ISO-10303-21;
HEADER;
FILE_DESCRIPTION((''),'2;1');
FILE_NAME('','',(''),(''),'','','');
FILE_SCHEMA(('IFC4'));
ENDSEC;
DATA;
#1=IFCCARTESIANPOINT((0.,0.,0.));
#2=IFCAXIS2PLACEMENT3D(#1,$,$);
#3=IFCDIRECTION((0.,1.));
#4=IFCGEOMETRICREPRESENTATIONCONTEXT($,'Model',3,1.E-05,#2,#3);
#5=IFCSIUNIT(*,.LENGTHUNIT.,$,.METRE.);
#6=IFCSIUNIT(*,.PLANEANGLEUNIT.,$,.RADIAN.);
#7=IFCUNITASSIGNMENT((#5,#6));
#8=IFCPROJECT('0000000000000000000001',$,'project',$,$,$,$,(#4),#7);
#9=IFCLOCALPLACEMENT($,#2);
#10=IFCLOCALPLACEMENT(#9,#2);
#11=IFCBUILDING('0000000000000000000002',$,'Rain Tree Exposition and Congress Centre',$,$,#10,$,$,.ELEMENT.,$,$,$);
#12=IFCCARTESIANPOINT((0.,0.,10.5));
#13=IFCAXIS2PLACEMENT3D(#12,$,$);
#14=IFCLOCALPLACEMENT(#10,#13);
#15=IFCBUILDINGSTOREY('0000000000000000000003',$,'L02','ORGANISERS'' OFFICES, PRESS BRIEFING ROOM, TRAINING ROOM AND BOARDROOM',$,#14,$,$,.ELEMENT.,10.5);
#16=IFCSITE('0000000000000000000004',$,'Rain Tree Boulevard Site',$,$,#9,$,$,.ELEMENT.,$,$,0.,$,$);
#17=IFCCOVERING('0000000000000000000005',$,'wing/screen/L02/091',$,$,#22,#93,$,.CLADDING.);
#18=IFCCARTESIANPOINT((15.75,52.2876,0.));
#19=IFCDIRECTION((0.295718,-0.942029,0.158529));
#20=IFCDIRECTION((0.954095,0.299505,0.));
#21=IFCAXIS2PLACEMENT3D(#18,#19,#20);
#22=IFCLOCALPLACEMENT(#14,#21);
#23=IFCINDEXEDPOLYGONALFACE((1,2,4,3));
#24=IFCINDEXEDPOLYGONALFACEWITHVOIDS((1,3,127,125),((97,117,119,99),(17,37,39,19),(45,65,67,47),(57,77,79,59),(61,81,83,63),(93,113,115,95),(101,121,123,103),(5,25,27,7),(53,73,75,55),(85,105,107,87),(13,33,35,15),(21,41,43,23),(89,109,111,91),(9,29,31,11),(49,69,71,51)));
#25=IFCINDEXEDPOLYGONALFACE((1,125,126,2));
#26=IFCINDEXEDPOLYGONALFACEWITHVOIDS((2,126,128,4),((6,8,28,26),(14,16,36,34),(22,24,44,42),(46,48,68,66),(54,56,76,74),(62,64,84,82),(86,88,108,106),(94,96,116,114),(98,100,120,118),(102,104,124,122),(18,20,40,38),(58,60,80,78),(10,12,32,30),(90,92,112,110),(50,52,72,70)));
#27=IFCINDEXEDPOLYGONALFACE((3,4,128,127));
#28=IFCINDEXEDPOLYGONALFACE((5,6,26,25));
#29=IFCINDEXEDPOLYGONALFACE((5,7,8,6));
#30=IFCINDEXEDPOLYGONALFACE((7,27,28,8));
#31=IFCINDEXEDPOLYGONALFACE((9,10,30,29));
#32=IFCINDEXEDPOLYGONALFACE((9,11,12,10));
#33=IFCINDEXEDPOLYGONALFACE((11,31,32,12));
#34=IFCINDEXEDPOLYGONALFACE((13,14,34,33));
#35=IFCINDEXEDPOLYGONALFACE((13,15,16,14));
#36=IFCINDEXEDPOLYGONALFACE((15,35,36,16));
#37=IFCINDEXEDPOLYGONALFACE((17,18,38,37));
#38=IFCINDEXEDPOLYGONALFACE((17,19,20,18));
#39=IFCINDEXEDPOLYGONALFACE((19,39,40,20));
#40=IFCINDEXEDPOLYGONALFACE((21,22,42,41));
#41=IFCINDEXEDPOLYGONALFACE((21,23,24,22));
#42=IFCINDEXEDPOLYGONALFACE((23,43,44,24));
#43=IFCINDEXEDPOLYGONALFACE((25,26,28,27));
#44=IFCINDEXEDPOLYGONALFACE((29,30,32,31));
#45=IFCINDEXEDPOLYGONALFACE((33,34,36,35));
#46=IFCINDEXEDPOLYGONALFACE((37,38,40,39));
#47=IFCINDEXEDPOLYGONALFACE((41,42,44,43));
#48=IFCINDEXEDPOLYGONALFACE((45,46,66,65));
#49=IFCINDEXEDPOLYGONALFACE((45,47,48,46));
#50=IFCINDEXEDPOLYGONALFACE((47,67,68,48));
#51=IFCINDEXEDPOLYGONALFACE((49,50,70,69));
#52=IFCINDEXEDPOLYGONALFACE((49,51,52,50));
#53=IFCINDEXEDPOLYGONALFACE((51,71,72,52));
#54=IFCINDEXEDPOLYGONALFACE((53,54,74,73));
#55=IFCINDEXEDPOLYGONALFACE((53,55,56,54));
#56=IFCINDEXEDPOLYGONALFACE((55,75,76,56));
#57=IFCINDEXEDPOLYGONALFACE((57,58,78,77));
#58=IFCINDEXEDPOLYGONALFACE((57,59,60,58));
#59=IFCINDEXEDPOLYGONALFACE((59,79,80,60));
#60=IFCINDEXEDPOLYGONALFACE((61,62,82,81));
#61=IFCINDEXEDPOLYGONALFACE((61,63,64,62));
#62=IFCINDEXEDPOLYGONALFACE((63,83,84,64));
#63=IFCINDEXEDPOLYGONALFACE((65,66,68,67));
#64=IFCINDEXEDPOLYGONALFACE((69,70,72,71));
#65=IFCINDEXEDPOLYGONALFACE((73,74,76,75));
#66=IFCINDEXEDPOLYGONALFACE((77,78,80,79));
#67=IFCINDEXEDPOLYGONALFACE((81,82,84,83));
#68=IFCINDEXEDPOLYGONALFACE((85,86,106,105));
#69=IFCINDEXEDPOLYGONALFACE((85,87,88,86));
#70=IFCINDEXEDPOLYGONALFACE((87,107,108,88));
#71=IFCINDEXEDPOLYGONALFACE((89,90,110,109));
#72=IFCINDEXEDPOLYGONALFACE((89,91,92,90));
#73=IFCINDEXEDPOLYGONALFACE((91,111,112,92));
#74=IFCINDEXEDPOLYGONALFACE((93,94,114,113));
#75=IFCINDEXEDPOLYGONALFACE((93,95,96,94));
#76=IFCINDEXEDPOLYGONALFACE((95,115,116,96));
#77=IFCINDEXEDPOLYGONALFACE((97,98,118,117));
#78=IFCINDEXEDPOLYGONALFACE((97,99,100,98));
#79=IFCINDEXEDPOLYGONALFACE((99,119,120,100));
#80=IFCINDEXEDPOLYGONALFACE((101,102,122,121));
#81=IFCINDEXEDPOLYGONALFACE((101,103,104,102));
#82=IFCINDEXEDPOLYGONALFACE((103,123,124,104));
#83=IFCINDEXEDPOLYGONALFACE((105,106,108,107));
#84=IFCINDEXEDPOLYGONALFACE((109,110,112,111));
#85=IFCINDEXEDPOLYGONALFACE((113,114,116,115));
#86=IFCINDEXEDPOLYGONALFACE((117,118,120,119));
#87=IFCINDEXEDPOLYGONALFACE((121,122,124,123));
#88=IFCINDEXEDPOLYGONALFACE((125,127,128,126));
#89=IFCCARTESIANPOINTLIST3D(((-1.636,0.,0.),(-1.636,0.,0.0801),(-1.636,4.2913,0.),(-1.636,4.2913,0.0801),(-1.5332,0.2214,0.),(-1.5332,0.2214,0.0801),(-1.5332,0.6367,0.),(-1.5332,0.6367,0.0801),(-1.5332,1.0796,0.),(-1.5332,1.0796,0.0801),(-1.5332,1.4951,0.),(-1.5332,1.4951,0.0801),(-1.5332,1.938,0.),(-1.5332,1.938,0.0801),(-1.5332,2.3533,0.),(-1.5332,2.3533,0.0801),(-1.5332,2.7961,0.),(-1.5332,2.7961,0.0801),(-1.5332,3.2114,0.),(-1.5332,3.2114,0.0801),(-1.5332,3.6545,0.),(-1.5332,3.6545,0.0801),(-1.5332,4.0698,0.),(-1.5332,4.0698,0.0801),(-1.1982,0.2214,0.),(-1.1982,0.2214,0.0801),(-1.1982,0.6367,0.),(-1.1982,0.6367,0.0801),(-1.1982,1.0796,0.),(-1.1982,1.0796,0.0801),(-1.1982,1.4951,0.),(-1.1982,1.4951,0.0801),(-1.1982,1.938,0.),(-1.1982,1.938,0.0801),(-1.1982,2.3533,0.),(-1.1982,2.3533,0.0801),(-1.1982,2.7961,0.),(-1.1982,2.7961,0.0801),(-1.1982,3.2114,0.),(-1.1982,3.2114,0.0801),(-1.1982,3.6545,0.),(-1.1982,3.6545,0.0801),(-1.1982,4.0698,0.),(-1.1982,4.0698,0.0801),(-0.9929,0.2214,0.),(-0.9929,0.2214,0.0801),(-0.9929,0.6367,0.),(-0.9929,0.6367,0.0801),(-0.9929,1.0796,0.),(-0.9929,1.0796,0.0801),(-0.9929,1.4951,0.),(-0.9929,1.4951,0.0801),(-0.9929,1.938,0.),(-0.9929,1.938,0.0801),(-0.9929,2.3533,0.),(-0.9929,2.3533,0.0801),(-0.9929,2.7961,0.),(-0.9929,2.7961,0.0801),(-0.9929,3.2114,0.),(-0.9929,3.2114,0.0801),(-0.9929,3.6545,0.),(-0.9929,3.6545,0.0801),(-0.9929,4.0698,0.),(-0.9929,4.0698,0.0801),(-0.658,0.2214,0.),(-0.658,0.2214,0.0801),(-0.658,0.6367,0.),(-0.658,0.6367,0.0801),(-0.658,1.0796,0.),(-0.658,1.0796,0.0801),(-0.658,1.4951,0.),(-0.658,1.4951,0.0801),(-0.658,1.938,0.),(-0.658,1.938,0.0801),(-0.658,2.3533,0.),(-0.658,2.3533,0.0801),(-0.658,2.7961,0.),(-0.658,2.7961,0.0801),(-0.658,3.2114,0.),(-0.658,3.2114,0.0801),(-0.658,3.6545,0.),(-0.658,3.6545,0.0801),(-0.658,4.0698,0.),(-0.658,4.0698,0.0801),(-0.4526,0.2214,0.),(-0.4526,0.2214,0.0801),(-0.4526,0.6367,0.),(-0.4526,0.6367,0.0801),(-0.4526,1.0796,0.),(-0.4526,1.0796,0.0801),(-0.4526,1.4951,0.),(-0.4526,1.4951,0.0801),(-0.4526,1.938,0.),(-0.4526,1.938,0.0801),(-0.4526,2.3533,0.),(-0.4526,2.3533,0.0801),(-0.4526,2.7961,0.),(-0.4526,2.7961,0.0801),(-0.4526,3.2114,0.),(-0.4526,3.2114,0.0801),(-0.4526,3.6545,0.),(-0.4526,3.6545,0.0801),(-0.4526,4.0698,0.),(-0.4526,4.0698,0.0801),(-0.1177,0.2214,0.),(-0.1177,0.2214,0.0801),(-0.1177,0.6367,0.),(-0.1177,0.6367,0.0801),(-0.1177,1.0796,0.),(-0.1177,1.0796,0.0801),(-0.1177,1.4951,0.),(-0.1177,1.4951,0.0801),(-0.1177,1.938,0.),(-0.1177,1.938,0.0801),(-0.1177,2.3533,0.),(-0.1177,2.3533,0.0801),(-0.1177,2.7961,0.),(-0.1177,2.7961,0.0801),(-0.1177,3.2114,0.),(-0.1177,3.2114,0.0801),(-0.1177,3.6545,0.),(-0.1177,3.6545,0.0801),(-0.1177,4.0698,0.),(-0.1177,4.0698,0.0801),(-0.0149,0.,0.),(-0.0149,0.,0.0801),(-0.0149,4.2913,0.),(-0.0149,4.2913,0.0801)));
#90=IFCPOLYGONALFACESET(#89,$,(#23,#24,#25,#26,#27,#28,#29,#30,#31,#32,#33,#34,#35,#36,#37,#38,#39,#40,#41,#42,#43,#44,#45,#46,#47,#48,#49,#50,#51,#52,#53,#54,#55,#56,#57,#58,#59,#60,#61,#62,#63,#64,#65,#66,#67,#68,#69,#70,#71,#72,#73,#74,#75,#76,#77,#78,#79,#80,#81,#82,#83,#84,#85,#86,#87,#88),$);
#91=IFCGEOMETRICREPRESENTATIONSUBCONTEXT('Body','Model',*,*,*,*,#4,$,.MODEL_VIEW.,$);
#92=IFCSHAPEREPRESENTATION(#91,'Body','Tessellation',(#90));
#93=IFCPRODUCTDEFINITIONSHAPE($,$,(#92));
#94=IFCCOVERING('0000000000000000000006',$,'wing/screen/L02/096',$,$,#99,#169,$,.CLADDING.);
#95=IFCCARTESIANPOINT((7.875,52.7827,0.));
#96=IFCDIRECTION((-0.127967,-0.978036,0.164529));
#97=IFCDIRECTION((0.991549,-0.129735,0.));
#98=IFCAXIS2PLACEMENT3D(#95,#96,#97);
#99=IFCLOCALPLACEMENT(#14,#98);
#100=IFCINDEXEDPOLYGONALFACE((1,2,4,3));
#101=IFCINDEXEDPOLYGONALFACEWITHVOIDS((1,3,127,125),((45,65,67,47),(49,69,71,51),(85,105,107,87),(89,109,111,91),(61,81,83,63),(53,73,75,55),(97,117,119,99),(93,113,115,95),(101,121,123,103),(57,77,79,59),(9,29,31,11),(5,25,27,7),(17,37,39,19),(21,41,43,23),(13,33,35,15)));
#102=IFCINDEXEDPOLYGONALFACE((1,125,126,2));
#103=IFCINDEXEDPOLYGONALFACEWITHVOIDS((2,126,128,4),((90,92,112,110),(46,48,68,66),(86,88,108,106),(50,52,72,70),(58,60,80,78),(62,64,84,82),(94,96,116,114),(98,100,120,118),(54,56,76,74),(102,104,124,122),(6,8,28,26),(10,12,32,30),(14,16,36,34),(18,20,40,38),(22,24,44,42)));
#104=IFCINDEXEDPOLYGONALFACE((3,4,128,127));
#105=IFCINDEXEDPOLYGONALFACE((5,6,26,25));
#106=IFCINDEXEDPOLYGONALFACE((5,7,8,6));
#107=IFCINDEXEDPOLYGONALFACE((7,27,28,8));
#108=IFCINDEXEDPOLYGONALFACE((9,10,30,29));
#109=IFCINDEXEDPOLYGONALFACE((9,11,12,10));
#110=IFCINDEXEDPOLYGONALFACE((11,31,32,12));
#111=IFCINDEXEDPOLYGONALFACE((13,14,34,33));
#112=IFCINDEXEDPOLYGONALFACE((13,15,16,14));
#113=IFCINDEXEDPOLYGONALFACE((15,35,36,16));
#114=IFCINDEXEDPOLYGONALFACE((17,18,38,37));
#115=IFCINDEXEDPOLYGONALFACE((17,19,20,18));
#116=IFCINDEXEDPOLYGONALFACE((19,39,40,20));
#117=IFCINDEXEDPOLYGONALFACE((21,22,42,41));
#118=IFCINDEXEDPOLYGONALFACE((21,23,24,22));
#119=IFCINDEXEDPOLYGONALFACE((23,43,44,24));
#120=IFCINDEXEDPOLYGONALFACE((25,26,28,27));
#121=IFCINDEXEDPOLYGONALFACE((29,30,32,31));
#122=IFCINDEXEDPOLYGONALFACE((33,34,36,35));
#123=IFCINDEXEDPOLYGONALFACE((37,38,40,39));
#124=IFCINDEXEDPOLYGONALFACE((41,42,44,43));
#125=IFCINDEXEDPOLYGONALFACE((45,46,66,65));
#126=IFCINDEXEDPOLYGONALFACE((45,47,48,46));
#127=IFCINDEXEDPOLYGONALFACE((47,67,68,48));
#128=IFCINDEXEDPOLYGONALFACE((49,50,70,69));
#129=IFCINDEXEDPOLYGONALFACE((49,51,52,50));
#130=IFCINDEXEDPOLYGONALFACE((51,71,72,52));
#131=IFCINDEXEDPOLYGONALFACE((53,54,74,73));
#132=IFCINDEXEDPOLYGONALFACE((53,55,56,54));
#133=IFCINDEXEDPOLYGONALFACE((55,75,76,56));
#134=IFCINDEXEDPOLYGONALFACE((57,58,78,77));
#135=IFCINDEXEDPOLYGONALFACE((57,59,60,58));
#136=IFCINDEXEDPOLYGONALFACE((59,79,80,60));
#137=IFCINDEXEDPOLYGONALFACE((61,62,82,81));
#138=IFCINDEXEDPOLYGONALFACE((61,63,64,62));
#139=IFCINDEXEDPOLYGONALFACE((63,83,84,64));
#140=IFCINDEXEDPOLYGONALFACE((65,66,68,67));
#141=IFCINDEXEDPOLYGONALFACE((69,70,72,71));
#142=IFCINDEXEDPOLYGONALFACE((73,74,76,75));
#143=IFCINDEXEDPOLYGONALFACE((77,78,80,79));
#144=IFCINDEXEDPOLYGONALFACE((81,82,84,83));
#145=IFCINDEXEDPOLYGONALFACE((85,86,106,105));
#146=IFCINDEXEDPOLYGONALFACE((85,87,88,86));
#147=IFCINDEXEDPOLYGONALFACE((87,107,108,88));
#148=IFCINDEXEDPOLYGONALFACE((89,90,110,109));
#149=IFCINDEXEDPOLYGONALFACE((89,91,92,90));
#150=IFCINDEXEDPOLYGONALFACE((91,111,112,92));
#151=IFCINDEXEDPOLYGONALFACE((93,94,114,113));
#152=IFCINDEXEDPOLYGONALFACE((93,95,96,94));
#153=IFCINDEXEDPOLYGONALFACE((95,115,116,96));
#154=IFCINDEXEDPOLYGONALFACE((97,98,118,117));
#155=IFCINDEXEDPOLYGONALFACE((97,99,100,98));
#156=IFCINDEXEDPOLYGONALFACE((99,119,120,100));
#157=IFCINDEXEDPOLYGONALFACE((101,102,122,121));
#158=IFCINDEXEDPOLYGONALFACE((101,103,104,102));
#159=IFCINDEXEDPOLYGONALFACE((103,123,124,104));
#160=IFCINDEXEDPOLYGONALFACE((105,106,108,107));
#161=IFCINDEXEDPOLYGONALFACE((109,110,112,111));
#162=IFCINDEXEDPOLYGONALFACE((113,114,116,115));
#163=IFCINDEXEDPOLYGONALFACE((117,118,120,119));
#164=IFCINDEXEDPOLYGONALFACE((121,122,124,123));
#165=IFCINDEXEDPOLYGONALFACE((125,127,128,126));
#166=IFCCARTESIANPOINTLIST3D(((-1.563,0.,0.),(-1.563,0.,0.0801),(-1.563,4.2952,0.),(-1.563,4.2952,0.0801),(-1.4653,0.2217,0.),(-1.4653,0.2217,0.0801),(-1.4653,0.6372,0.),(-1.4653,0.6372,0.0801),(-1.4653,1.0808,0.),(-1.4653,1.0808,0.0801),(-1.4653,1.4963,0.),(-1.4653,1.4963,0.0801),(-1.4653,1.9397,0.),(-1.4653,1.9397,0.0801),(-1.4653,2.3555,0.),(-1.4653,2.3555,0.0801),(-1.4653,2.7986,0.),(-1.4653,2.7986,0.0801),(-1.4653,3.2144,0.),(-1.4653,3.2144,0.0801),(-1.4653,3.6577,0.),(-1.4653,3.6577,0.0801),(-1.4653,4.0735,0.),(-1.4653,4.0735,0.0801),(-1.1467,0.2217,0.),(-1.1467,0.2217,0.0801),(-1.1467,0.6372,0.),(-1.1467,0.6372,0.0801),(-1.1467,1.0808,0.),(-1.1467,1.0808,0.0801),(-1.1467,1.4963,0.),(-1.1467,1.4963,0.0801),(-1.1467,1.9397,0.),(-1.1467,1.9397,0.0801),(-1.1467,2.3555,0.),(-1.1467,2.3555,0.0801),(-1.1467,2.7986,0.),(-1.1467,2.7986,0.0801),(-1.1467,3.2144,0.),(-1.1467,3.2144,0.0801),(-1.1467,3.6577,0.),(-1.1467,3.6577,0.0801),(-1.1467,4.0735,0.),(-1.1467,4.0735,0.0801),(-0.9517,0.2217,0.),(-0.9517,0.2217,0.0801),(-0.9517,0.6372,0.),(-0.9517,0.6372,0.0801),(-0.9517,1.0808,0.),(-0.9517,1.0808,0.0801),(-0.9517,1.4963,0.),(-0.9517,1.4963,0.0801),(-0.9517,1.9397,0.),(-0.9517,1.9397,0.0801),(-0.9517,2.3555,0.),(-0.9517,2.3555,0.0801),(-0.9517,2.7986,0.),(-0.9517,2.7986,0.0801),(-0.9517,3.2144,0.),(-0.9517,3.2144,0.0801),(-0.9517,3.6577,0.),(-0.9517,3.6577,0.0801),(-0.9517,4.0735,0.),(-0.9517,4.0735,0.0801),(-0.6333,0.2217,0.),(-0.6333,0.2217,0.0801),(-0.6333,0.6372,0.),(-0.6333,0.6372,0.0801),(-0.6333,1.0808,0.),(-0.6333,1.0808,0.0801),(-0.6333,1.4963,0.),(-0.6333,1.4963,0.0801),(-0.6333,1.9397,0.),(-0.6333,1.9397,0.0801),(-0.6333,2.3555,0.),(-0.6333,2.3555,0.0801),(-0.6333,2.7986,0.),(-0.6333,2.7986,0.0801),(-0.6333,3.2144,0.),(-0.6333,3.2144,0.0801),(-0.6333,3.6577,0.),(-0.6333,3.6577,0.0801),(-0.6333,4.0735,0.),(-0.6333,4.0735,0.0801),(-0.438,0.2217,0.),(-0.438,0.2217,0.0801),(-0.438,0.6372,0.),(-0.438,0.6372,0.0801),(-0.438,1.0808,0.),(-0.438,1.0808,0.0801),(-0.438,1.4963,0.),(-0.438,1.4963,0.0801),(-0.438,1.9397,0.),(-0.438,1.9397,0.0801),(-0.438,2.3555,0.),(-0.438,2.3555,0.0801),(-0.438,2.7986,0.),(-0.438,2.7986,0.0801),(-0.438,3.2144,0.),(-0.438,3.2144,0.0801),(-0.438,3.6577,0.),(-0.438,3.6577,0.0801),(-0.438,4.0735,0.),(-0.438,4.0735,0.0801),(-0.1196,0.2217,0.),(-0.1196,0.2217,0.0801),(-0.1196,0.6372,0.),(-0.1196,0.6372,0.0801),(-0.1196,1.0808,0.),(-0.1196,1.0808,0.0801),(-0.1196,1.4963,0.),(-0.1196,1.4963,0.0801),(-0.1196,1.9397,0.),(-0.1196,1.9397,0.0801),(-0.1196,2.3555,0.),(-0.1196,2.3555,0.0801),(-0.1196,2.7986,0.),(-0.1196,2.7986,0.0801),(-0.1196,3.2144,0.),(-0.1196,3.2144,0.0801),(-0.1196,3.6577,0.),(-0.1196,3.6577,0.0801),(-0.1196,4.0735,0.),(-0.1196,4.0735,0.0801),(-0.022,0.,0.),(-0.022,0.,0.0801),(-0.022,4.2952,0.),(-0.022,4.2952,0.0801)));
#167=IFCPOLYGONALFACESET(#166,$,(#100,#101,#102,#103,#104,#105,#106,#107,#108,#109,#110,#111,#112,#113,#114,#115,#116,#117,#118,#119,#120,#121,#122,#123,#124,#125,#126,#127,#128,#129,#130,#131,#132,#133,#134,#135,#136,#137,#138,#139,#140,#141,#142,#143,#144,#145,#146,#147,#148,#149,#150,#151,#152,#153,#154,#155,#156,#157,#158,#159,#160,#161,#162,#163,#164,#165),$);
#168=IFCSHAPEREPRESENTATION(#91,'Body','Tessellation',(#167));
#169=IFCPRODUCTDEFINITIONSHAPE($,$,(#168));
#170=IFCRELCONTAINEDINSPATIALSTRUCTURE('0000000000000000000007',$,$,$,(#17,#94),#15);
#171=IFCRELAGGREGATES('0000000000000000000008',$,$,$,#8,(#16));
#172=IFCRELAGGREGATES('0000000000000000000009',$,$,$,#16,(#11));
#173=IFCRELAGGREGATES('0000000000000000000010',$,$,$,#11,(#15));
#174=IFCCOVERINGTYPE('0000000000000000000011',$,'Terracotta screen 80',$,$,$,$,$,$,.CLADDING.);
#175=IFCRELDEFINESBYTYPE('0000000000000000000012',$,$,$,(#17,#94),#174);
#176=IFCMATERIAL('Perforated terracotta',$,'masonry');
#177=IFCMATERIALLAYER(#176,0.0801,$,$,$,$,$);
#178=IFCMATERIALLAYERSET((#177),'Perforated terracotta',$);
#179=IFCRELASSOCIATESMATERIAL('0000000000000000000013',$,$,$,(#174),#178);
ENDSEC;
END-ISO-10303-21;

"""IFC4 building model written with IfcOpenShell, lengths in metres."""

from ifc_helpers import new_model, si_unit, direction, frame, origin, place, context, subcontext, project, spatial, polyline, outline, extrude, material, layer, layer_set, type_object, element, save


model = new_model("IFC4")

# Units and contexts
model_context = context("Model", 3, precision=1e-05, world=origin(), true_north=direction((0.0, 1.0)))
body_context = subcontext(model_context, "Body", "Model", "MODEL_VIEW")
ifc_project = project(units=[si_unit("LENGTHUNIT", "METRE"), si_unit("PLANEANGLEUNIT", "RADIAN")], contexts=[model_context])

# Site, building, storey
site_placement = place(None, origin())
site = spatial("IfcSite", under=ifc_project, at=site_placement, Name="Rain Tree Boulevard Site", CompositionType="ELEMENT", RefElevation=0.0)
building_placement = place(site_placement, origin())
building = spatial("IfcBuilding", under=site, at=building_placement, Name="Rain Tree Exposition and Congress Centre", CompositionType="ELEMENT")
storey_placement = place(building_placement, frame((0.0, 0.0, 10.5)))
storey = spatial("IfcBuildingStorey", under=building, at=storey_placement, Name="L02", Description="ORGANISERS' OFFICES, PRESS BRIEFING ROOM, TRAINING ROOM AND BOARDROOM", CompositionType="ELEMENT", Elevation=10.5)

# Coverings
ifc_material_1 = material(Name="Perforated terracotta", Category="masonry")
ifc_layer_1 = layer(ifc_material_1, 0.0801)
ifc_layer_set_1 = layer_set([ifc_layer_1], Name="Perforated terracotta")
covering_type = type_object("IfcCoveringType", Name="Terracotta screen 80", PredefinedType="CLADDING", material=ifc_layer_set_1)
covering_1_placement = place(storey_placement, frame((15.75, 52.2876, 0.0), z_axis=(0.295718, -0.942029, 0.158529), x_axis=(0.954095, 0.299505, 0.0)))
element("IfcCovering", 1, at=covering_1_placement, inside=storey, type_object=covering_type, Name="wing/screen/L02/091", PredefinedType="CLADDING", context=body_context, shape_type="SweptSolid", body=[
    extrude(outline(polyline([(-1.636, 0.0), (-1.636, 4.2913), (-0.0149, 4.2913), (-0.0149, 0.0), (-1.636, 0.0)]), holes=[polyline([(-0.1177, 0.2214), (-0.1177, 0.6367), (-0.4526, 0.6367), (-0.4526, 0.2214), (-0.1177, 0.2214)]), polyline([(-0.1177, 1.0796), (-0.1177, 1.4951), (-0.4526, 1.4951), (-0.4526, 1.0796), (-0.1177, 1.0796)]), polyline([(-0.1177, 1.938), (-0.1177, 2.3533), (-0.4526, 2.3533), (-0.4526, 1.938), (-0.1177, 1.938)]), polyline([(-0.1177, 2.7961), (-0.1177, 3.2114), (-0.4526, 3.2114), (-0.4526, 2.7961), (-0.1177, 2.7961)]), polyline([(-0.1177, 3.6545), (-0.1177, 4.0698), (-0.4526, 4.0698), (-0.4526, 3.6545), (-0.1177, 3.6545)]), polyline([(-0.658, 0.2214), (-0.658, 0.6367), (-0.9929, 0.6367), (-0.9929, 0.2214), (-0.658, 0.2214)]), polyline([(-0.658, 1.0796), (-0.658, 1.4951), (-0.9929, 1.4951), (-0.9929, 1.0796), (-0.658, 1.0796)]), polyline([(-0.658, 1.938), (-0.658, 2.3533), (-0.9929, 2.3533), (-0.9929, 1.938), (-0.658, 1.938)]), polyline([(-0.658, 2.7961), (-0.658, 3.2114), (-0.9929, 3.2114), (-0.9929, 2.7961), (-0.658, 2.7961)]), polyline([(-0.658, 3.6545), (-0.658, 4.0698), (-0.9929, 4.0698), (-0.9929, 3.6545), (-0.658, 3.6545)]), polyline([(-1.1982, 0.2214), (-1.1982, 0.6367), (-1.5332, 0.6367), (-1.5332, 0.2214), (-1.1982, 0.2214)]), polyline([(-1.1982, 1.0796), (-1.1982, 1.4951), (-1.5332, 1.4951), (-1.5332, 1.0796), (-1.1982, 1.0796)]), polyline([(-1.1982, 1.938), (-1.1982, 2.3533), (-1.5332, 2.3533), (-1.5332, 1.938), (-1.1982, 1.938)]), polyline([(-1.1982, 2.7961), (-1.1982, 3.2114), (-1.5332, 3.2114), (-1.5332, 2.7961), (-1.1982, 2.7961)]), polyline([(-1.1982, 3.6545), (-1.1982, 4.0698), (-1.5332, 4.0698), (-1.5332, 3.6545), (-1.1982, 3.6545)])]), origin(), (0.0, 0.0, 1.0), 0.0801),
])
covering_2_placement = place(storey_placement, frame((7.875, 52.7827, 0.0), z_axis=(-0.127967, -0.978036, 0.164529), x_axis=(0.991549, -0.129735, 0.0)))
element("IfcCovering", 2, at=covering_2_placement, inside=storey, type_object=covering_type, Name="wing/screen/L02/096", PredefinedType="CLADDING", context=body_context, shape_type="SweptSolid", body=[
    extrude(outline(polyline([(-1.563, 0.0), (-1.563, 4.2952), (-0.022, 4.2952), (-0.022, 0.0), (-1.563, 0.0)]), holes=[polyline([(-0.1196, 0.2217), (-0.1196, 0.6372), (-0.438, 0.6372), (-0.438, 0.2217), (-0.1196, 0.2217)]), polyline([(-0.1196, 1.0808), (-0.1196, 1.4963), (-0.438, 1.4963), (-0.438, 1.0808), (-0.1196, 1.0808)]), polyline([(-0.1196, 1.9397), (-0.1196, 2.3555), (-0.438, 2.3555), (-0.438, 1.9397), (-0.1196, 1.9397)]), polyline([(-0.1196, 2.7986), (-0.1196, 3.2144), (-0.438, 3.2144), (-0.438, 2.7986), (-0.1196, 2.7986)]), polyline([(-0.1196, 3.6577), (-0.1196, 4.0735), (-0.438, 4.0735), (-0.438, 3.6577), (-0.1196, 3.6577)]), polyline([(-0.6333, 0.2217), (-0.6333, 0.6372), (-0.9517, 0.6372), (-0.9517, 0.2217), (-0.6333, 0.2217)]), polyline([(-0.6333, 1.0808), (-0.6333, 1.4963), (-0.9517, 1.4963), (-0.9517, 1.0808), (-0.6333, 1.0808)]), polyline([(-0.6333, 1.9397), (-0.6333, 2.3555), (-0.9517, 2.3555), (-0.9517, 1.9397), (-0.6333, 1.9397)]), polyline([(-0.6333, 2.7986), (-0.6333, 3.2144), (-0.9517, 3.2144), (-0.9517, 2.7986), (-0.6333, 2.7986)]), polyline([(-0.6333, 3.6577), (-0.6333, 4.0735), (-0.9517, 4.0735), (-0.9517, 3.6577), (-0.6333, 3.6577)]), polyline([(-1.1467, 0.2217), (-1.1467, 0.6372), (-1.4653, 0.6372), (-1.4653, 0.2217), (-1.1467, 0.2217)]), polyline([(-1.1467, 1.0808), (-1.1467, 1.4963), (-1.4653, 1.4963), (-1.4653, 1.0808), (-1.1467, 1.0808)]), polyline([(-1.1467, 1.9397), (-1.1467, 2.3555), (-1.4653, 2.3555), (-1.4653, 1.9397), (-1.1467, 1.9397)]), polyline([(-1.1467, 2.7986), (-1.1467, 3.2144), (-1.4653, 3.2144), (-1.4653, 2.7986), (-1.1467, 2.7986)]), polyline([(-1.1467, 3.6577), (-1.1467, 4.0735), (-1.4653, 4.0735), (-1.4653, 3.6577), (-1.1467, 3.6577)])]), origin(), (0.0, 0.0, 1.0), 0.0801),
])

save(model, "model.ifc")
